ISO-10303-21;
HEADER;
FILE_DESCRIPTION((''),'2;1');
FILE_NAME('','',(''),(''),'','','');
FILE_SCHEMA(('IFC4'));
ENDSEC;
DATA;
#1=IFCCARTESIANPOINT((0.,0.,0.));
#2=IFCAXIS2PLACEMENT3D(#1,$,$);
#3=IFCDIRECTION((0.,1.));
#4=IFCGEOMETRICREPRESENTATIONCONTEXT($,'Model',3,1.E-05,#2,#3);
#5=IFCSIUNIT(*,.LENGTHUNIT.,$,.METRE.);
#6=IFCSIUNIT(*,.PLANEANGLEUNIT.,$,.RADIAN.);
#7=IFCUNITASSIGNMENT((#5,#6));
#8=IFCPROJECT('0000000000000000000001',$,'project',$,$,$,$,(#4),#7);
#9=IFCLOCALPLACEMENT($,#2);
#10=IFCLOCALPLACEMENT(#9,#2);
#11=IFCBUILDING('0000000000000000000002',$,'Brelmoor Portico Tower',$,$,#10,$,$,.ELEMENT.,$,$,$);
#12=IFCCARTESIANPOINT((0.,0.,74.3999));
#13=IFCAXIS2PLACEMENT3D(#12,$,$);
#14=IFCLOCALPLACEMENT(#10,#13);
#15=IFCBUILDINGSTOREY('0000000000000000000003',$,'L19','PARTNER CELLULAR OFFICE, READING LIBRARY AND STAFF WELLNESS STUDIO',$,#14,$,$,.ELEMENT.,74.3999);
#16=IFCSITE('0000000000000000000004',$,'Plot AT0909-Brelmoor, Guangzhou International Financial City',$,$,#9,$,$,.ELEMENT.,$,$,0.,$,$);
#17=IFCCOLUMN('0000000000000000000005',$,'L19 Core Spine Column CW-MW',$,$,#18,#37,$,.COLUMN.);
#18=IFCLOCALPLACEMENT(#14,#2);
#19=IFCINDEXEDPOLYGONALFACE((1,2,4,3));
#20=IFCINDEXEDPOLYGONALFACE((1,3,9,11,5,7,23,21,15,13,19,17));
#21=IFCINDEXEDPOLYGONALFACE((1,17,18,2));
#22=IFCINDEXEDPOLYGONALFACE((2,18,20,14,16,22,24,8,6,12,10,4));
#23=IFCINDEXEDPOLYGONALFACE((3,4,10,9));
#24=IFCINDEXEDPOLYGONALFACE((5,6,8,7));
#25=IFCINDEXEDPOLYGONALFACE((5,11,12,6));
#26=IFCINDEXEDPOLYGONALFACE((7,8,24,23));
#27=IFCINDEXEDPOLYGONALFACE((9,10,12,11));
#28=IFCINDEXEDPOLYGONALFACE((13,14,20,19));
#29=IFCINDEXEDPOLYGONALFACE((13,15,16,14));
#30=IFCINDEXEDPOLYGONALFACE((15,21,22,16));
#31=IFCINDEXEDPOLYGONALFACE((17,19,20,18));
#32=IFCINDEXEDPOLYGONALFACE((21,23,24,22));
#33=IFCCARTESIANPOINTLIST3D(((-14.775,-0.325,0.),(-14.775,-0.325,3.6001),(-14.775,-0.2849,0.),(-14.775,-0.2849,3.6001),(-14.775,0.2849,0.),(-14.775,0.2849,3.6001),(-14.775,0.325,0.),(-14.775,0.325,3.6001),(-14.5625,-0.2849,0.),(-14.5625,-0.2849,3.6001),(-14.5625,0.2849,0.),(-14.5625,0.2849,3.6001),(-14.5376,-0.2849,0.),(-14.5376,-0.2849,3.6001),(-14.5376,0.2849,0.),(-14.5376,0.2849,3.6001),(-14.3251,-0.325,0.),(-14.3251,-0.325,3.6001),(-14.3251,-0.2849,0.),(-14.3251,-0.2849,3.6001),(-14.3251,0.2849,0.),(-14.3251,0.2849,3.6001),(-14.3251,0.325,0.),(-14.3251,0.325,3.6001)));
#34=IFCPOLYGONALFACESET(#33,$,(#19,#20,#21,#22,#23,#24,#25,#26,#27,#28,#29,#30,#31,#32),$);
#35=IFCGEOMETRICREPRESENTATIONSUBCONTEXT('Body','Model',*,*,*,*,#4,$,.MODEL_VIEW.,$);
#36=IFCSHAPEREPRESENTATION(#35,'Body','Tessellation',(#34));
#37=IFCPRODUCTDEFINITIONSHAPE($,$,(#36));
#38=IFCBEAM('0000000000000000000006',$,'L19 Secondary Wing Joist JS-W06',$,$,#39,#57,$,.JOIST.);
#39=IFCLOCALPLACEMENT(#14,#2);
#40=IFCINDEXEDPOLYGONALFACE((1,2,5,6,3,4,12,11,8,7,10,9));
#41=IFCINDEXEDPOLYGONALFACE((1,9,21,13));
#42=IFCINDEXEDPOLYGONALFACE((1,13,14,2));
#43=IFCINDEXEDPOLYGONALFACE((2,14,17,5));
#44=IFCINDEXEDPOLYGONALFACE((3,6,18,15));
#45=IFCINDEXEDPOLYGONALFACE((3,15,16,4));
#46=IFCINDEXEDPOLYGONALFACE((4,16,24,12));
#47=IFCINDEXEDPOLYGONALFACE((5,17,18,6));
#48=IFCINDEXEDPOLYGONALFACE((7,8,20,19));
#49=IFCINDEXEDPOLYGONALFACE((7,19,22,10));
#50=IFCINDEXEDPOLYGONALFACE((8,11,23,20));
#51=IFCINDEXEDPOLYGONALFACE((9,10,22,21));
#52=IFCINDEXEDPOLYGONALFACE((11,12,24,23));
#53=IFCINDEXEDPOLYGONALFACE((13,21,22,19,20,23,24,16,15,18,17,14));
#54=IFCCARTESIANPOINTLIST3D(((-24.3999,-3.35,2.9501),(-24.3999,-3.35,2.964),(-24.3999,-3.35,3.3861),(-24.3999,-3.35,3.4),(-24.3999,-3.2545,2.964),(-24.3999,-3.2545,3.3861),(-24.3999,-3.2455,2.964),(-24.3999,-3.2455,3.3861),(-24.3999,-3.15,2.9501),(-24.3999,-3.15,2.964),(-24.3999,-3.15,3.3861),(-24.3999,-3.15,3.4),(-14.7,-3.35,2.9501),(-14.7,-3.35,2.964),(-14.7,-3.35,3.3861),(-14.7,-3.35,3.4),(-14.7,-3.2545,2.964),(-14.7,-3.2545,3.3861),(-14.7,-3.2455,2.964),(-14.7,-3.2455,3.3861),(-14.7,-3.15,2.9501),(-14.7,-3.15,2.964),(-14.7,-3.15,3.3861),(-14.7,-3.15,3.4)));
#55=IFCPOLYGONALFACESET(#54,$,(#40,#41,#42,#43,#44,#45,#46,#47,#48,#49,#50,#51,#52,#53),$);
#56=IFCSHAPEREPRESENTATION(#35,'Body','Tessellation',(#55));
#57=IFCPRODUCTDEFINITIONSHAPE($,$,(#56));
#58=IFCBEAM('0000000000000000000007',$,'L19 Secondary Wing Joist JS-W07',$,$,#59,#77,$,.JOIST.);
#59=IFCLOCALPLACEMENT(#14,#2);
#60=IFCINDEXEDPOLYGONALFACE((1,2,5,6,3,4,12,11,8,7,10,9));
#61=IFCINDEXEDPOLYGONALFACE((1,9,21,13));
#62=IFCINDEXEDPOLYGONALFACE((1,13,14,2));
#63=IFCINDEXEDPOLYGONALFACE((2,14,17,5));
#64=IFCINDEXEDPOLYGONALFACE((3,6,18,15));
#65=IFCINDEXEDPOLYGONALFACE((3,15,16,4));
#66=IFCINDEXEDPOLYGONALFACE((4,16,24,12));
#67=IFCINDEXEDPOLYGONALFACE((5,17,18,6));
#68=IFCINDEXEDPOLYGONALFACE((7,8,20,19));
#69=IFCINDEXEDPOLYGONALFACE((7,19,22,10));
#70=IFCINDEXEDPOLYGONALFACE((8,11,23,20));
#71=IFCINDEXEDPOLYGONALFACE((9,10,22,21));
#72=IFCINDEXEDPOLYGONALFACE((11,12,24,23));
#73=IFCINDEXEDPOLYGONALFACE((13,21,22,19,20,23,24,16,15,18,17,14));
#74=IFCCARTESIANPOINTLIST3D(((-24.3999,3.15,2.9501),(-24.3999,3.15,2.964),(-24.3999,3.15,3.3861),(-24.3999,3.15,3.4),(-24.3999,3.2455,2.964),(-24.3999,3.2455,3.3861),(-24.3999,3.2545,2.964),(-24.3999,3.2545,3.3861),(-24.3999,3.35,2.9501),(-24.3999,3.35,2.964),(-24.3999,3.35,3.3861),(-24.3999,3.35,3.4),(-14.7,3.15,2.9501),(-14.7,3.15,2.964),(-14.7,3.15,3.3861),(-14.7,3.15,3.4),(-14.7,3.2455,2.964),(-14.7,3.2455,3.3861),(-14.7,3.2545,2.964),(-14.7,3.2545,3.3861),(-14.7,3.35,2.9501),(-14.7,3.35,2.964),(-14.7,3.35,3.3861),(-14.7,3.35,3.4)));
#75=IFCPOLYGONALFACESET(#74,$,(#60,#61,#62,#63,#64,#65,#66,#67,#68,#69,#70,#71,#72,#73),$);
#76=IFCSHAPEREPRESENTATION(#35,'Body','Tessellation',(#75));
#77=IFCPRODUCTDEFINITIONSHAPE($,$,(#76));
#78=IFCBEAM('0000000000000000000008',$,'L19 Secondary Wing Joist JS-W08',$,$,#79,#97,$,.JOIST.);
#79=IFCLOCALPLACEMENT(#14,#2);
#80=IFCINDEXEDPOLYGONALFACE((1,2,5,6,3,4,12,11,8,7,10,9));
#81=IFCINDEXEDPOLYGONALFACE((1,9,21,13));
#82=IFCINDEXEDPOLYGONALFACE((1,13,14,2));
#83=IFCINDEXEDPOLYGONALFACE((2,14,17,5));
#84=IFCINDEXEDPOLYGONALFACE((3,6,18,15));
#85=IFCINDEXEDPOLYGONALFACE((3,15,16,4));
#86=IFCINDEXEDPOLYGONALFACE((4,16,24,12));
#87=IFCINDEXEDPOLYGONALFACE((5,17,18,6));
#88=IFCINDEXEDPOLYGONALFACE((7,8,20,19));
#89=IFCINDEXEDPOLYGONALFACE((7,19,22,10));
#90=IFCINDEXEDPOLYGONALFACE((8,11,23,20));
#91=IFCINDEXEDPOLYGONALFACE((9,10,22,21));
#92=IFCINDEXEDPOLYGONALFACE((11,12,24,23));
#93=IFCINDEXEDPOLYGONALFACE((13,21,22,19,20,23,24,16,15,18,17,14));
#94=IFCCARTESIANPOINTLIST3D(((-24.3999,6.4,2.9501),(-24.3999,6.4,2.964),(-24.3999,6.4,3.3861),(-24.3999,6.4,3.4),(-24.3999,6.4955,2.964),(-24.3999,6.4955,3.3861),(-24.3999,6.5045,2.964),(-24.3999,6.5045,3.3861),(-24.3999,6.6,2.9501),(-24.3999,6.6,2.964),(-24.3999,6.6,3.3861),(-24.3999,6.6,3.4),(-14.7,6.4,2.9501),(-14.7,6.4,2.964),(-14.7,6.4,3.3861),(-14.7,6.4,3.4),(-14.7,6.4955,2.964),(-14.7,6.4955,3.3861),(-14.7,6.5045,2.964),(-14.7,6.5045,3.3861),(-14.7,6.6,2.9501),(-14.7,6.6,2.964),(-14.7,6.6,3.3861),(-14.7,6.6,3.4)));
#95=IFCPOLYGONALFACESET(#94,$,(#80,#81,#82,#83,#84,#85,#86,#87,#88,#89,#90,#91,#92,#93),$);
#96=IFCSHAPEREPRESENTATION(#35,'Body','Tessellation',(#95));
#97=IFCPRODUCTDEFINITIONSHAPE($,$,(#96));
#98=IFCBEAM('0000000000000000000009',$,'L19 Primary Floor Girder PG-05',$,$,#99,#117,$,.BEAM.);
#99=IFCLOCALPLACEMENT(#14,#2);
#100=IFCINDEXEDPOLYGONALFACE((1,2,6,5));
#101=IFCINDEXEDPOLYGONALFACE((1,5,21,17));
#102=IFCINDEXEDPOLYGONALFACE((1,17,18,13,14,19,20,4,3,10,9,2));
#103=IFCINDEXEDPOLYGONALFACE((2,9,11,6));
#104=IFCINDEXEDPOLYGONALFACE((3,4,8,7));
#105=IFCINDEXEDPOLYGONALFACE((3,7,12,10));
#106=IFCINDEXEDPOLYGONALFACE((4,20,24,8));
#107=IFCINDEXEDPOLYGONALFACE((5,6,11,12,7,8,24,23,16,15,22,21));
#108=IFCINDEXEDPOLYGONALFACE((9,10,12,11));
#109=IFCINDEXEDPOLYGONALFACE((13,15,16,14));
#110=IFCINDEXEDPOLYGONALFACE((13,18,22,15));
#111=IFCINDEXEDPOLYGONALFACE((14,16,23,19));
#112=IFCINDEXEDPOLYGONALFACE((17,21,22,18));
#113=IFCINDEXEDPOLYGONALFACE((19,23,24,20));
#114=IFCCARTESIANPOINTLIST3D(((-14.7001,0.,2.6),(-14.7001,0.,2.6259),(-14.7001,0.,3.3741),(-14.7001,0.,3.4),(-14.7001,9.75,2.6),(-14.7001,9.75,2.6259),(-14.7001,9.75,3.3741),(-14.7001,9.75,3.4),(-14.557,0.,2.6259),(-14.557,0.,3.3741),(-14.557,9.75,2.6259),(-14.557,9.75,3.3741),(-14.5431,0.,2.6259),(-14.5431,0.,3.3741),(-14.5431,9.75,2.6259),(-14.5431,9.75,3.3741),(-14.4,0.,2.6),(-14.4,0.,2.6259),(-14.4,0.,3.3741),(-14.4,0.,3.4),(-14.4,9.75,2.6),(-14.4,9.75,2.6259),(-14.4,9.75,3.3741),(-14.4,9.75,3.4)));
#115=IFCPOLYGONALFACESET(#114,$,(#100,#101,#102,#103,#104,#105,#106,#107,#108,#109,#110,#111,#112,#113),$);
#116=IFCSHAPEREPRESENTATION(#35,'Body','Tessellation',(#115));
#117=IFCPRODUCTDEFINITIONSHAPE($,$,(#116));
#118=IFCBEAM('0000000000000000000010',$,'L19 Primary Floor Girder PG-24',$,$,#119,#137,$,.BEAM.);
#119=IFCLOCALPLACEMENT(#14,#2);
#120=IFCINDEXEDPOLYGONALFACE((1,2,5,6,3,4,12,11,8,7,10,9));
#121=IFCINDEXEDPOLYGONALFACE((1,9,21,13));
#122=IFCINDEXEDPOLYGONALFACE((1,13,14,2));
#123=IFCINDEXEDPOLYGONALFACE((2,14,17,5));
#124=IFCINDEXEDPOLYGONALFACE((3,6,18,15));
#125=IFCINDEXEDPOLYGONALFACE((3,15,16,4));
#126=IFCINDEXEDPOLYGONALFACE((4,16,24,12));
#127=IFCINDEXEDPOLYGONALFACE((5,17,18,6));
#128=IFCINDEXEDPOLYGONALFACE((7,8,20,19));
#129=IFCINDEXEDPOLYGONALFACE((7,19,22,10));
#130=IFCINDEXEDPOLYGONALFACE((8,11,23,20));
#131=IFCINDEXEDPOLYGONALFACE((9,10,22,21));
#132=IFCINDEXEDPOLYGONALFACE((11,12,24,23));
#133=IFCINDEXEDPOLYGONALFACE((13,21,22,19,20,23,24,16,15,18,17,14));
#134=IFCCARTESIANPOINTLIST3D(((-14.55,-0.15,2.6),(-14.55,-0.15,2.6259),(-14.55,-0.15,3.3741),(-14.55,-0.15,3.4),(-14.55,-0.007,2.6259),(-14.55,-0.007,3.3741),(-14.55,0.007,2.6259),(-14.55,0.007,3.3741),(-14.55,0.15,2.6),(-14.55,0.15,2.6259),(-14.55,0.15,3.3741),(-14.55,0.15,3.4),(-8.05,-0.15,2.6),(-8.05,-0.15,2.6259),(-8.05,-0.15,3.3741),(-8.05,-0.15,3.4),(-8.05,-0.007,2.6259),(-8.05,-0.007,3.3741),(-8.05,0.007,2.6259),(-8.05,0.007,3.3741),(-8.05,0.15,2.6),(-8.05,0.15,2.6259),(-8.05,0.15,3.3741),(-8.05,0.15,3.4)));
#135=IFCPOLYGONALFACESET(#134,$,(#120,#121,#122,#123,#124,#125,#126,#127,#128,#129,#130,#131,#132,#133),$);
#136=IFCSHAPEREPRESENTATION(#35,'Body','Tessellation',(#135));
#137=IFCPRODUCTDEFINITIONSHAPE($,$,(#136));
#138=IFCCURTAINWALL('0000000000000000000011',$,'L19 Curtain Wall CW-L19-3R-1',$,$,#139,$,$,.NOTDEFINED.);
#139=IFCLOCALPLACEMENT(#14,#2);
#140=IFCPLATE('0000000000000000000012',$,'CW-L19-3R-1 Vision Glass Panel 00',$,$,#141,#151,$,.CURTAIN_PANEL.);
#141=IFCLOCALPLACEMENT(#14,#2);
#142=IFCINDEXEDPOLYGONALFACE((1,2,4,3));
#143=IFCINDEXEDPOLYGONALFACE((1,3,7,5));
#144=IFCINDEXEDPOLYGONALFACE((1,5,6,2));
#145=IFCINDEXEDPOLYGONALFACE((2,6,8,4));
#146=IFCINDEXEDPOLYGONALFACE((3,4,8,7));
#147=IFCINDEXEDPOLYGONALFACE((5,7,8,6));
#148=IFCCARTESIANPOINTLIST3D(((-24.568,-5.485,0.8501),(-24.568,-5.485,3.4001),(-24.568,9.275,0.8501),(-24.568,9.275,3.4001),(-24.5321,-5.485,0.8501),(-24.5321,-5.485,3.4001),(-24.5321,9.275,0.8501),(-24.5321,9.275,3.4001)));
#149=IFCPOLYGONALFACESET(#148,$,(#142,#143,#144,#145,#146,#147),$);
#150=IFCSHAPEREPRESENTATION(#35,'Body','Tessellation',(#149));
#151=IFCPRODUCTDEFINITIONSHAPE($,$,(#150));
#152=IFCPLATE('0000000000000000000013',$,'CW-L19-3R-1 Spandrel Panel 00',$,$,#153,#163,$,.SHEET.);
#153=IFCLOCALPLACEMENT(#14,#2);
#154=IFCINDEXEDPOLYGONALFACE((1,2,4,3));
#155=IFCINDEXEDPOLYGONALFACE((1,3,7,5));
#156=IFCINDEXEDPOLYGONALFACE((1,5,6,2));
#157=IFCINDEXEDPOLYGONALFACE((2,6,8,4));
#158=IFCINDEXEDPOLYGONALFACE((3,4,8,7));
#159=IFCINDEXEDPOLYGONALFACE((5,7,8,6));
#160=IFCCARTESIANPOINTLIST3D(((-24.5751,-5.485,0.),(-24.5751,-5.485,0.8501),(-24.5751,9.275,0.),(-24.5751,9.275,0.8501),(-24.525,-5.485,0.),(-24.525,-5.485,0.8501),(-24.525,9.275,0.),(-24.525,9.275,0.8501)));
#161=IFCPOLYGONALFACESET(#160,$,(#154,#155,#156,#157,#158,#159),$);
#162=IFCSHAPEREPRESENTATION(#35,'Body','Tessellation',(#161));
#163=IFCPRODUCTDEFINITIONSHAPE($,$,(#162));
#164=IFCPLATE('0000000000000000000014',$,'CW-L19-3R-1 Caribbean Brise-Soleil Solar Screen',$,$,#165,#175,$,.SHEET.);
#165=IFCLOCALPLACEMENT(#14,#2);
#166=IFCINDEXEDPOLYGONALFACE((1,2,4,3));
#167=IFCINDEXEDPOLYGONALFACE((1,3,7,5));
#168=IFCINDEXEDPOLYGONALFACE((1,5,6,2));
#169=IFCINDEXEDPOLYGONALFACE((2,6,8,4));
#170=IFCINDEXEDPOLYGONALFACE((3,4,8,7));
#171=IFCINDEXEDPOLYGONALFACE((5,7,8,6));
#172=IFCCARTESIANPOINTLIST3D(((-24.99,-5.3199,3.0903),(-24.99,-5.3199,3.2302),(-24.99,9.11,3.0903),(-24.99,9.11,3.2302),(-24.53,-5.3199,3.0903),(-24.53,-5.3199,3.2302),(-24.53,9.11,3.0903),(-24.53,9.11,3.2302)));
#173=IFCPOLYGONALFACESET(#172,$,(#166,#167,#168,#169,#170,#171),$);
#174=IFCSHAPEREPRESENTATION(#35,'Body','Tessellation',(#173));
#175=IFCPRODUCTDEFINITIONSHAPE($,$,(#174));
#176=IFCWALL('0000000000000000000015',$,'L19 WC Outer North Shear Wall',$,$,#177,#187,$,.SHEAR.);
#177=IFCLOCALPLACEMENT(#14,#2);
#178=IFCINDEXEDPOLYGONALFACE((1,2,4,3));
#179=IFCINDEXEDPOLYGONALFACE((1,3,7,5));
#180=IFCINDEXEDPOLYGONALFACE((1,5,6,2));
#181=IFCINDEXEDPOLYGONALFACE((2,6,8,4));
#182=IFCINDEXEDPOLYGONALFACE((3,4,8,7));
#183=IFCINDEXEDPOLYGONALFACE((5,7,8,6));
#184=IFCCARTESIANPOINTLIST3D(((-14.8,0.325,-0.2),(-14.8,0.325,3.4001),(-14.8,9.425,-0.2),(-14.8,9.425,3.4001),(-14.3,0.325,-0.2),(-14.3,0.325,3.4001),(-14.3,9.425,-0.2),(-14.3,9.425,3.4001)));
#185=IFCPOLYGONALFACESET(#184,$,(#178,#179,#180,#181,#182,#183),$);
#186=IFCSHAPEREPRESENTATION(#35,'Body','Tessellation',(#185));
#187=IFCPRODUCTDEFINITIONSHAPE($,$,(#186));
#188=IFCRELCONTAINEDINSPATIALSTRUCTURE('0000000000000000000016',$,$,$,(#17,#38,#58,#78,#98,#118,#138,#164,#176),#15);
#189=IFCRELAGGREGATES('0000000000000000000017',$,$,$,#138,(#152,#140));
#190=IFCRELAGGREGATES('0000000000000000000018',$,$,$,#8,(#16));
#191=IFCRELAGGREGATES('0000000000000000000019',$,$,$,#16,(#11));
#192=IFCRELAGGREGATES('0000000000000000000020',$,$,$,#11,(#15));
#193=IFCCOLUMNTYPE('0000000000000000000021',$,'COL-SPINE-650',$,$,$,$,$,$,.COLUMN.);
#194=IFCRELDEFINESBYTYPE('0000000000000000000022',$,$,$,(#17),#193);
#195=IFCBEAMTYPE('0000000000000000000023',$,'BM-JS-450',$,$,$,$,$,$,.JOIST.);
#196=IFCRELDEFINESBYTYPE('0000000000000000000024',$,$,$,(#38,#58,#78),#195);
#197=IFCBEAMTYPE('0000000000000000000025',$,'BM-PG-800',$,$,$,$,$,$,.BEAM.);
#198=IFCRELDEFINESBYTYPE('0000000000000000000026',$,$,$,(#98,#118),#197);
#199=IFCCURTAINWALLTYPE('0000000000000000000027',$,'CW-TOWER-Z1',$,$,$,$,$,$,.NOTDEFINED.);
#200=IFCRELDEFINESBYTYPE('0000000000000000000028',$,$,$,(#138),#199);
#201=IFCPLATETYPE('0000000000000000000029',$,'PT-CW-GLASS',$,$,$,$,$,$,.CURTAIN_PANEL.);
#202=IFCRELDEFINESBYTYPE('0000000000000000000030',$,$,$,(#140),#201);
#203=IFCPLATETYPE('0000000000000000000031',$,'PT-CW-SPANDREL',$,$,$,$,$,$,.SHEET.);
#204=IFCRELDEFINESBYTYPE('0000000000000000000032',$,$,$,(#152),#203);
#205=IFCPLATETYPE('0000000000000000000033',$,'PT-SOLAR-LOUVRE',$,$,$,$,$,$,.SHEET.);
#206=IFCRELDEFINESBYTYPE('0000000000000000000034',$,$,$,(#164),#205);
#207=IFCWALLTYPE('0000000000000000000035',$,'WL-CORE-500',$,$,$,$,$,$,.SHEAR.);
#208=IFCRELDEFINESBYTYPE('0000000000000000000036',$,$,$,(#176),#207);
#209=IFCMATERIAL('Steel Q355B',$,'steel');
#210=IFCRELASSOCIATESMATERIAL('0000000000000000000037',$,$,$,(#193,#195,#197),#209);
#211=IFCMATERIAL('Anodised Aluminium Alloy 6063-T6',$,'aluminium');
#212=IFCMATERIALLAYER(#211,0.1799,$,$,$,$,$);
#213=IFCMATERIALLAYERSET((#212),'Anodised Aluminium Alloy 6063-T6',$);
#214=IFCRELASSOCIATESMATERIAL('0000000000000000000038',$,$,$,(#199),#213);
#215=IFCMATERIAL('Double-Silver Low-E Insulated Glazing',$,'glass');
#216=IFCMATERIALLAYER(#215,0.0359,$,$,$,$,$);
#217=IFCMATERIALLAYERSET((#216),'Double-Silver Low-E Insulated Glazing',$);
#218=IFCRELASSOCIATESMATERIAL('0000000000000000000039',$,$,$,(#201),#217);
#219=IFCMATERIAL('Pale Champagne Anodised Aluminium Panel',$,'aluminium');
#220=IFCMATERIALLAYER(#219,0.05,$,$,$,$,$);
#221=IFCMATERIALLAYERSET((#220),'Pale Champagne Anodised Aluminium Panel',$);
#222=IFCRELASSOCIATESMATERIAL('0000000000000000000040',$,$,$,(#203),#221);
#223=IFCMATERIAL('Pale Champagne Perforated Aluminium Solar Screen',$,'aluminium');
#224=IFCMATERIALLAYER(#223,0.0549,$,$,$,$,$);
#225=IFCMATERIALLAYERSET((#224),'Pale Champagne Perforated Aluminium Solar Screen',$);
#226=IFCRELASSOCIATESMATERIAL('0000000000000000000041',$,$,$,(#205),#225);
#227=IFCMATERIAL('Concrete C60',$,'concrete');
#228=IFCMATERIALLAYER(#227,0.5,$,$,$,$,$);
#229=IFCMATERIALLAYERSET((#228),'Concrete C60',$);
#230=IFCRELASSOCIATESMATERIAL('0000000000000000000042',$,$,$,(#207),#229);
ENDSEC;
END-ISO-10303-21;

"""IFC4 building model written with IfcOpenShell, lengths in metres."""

from ifc_helpers import new_model, si_unit, direction, frame, frame_2d, origin, origin_2d, place, context, subcontext, project, spatial, rectangle, i_section, extrude, material, layer, layer_set, material_profile, profile_set, type_object, element, aggregate, save


model = new_model("IFC4")

# Units and contexts
model_context = context("Model", 3, precision=1e-05, world=origin(), true_north=direction((0.0, 1.0)))
body_context = subcontext(model_context, "Body", "Model", "MODEL_VIEW")
ifc_project = project(units=[si_unit("LENGTHUNIT", "METRE"), si_unit("PLANEANGLEUNIT", "RADIAN")], contexts=[model_context])

# Site, building, storey
site_placement = place(None, origin())
site = spatial("IfcSite", under=ifc_project, at=site_placement, Name="Plot AT0909-Brelmoor, Guangzhou International Financial City", CompositionType="ELEMENT", RefElevation=0.0)
building_placement = place(site_placement, origin())
building = spatial("IfcBuilding", under=site, at=building_placement, Name="Brelmoor Portico Tower", CompositionType="ELEMENT")
storey_placement = place(building_placement, frame((0.0, 0.0, 74.3999)))
storey = spatial("IfcBuildingStorey", under=building, at=storey_placement, Name="L19", Description="PARTNER CELLULAR OFFICE, READING LIBRARY AND STAFF WELLNESS STUDIO", CompositionType="ELEMENT", Elevation=74.3999)

# Column
ifc_material_1 = material(Name="Steel Q355B", Category="steel")
ifc_material_profile_1 = material_profile(ifc_material_1, i_section(OverallWidth=0.45, OverallDepth=0.6499, WebThickness=0.0249, FlangeThickness=0.04, at=origin_2d()), Name="HW 650x450x25x40")
ifc_profile_set_1 = profile_set([ifc_material_profile_1], Name="Steel Q355B")
column_type = type_object("IfcColumnType", Name="COL-SPINE-650", PredefinedType="COLUMN", material=ifc_profile_set_1)
column_placement = place(storey_placement, frame((-14.55, 0.0, 0.0), z_axis=(0.0, 0.0, 1.0), x_axis=(1.0, 0.0, 0.0)))
element("IfcColumn", 1, at=column_placement, inside=storey, type_object=column_type, Name="L19 Core Spine Column CW-MW", PredefinedType="COLUMN", context=body_context, shape_type="SweptSolid", body=[
    extrude(i_section(OverallWidth=0.45, OverallDepth=0.6499, WebThickness=0.0249, FlangeThickness=0.04, at=origin_2d()), origin(), (0.0, 0.0, 1.0), 3.6001),
])

# Beams
ifc_material_profile_2 = material_profile(ifc_material_1, i_section(OverallWidth=0.2, OverallDepth=0.45, WebThickness=0.009, FlangeThickness=0.0139, at=origin_2d()), Name="HN 450x200x9x14")
ifc_profile_set_2 = profile_set([ifc_material_profile_2], Name="Steel Q355B")
beam_type_1 = type_object("IfcBeamType", Name="BM-JS-450", PredefinedType="JOIST", material=ifc_profile_set_2)
for number, where, z_axis, x_axis, name in (
    (2, (-24.3999, -3.25, 3.175), (1.0, 0.0, 0.0), (0.0, 1.0, 0.0), "L19 Secondary Wing Joist JS-W06"),
    (3, (-24.3999, 3.25, 3.175), (1.0, 0.0, 0.0), (0.0, 1.0, 0.0), "L19 Secondary Wing Joist JS-W07"),
    (4, (-24.3999, 6.5, 3.175), (1.0, 0.0, 0.0), (0.0, 1.0, 0.0), "L19 Secondary Wing Joist JS-W08"),
):
    element("IfcBeam", number, at=place(storey_placement, frame(where, z_axis=z_axis, x_axis=x_axis)), inside=storey, type_object=beam_type_1, Name=name, PredefinedType="JOIST", context=body_context, shape_type="SweptSolid", body=[
        extrude(i_section(OverallWidth=0.2, OverallDepth=0.45, WebThickness=0.009, FlangeThickness=0.0139, at=origin_2d()), origin(), (0.0, 0.0, 1.0), 9.7),
    ])
ifc_material_profile_3 = material_profile(ifc_material_1, i_section(OverallWidth=0.3, OverallDepth=0.8, WebThickness=0.0139, FlangeThickness=0.0259, at=origin_2d()), Name="HN 800x300x14x26")
ifc_profile_set_3 = profile_set([ifc_material_profile_3], Name="Steel Q355B")
beam_type_2 = type_object("IfcBeamType", Name="BM-PG-800", PredefinedType="BEAM", material=ifc_profile_set_3)
beam_1_placement = place(storey_placement, frame((-14.55, 0.0, 3.0), z_axis=(0.0, 1.0, 0.0), x_axis=(-1.0, 0.0, 0.0)))
element("IfcBeam", 5, at=beam_1_placement, inside=storey, type_object=beam_type_2, Name="L19 Primary Floor Girder PG-05", PredefinedType="BEAM", context=body_context, shape_type="SweptSolid", body=[
    extrude(i_section(OverallWidth=0.3, OverallDepth=0.8, WebThickness=0.0139, FlangeThickness=0.0259, at=origin_2d()), origin(), (0.0, 0.0, 1.0), 9.75),
])
beam_2_placement = place(storey_placement, frame((-14.55, 0.0, 3.0), z_axis=(1.0, 0.0, 0.0), x_axis=(0.0, 1.0, 0.0)))
element("IfcBeam", 6, at=beam_2_placement, inside=storey, type_object=beam_type_2, Name="L19 Primary Floor Girder PG-24", PredefinedType="BEAM", context=body_context, shape_type="SweptSolid", body=[
    extrude(i_section(OverallWidth=0.3, OverallDepth=0.8, WebThickness=0.0139, FlangeThickness=0.0259, at=origin_2d()), origin(), (0.0, 0.0, 1.0), 6.5),
])

# Curtain wall, plates
ifc_material_2 = material(Name="Anodised Aluminium Alloy 6063-T6", Category="aluminium")
ifc_layer_1 = layer(ifc_material_2, 0.1799)
ifc_layer_set_1 = layer_set([ifc_layer_1], Name="Anodised Aluminium Alloy 6063-T6")
curtain_wall_type = type_object("IfcCurtainWallType", Name="CW-TOWER-Z1", PredefinedType="NOTDEFINED", material=ifc_layer_set_1)
curtain_wall_placement = place(storey_placement, origin())
curtain_wall = element("IfcCurtainWall", 7, at=curtain_wall_placement, inside=storey, type_object=curtain_wall_type, Name="L19 Curtain Wall CW-L19-3R-1", PredefinedType="NOTDEFINED")
ifc_material_3 = material(Name="Double-Silver Low-E Insulated Glazing", Category="glass")
ifc_layer_2 = layer(ifc_material_3, 0.0359)
ifc_layer_set_2 = layer_set([ifc_layer_2], Name="Double-Silver Low-E Insulated Glazing")
plate_type_1 = type_object("IfcPlateType", Name="PT-CW-GLASS", PredefinedType="CURTAIN_PANEL", material=ifc_layer_set_2)
plate_1_placement = place(storey_placement, frame((-24.55, 1.895, 0.8501), z_axis=(0.0, 0.0, 1.0), x_axis=(0.0, 1.0, 0.0)))
plate_1 = element("IfcPlate", 8, at=plate_1_placement, type_object=plate_type_1, Name="CW-L19-3R-1 Vision Glass Panel 00", PredefinedType="CURTAIN_PANEL", context=body_context, shape_type="SweptSolid", body=[
    extrude(rectangle(XDim=14.76, YDim=0.0359, at=origin_2d()), origin(), (0.0, 0.0, 1.0), 2.55),
])
ifc_material_4 = material(Name="Pale Champagne Anodised Aluminium Panel", Category="aluminium")
ifc_layer_3 = layer(ifc_material_4, 0.05)
ifc_layer_set_3 = layer_set([ifc_layer_3], Name="Pale Champagne Anodised Aluminium Panel")
plate_type_2 = type_object("IfcPlateType", Name="PT-CW-SPANDREL", PredefinedType="SHEET", material=ifc_layer_set_3)
plate_2_placement = place(storey_placement, frame((-24.55, 1.895, 0.0), z_axis=(0.0, 0.0, 1.0), x_axis=(0.0, 1.0, 0.0)))
plate_2 = element("IfcPlate", 9, at=plate_2_placement, type_object=plate_type_2, Name="CW-L19-3R-1 Spandrel Panel 00", PredefinedType="SHEET", context=body_context, shape_type="SweptSolid", body=[
    extrude(rectangle(XDim=14.76, YDim=0.05, at=origin_2d()), origin(), (0.0, 0.0, 1.0), 0.8501),
])
aggregate(curtain_wall, [plate_2, plate_1])

# Plate
ifc_material_5 = material(Name="Pale Champagne Perforated Aluminium Solar Screen", Category="aluminium")
ifc_layer_4 = layer(ifc_material_5, 0.0549)
ifc_layer_set_4 = layer_set([ifc_layer_4], Name="Pale Champagne Perforated Aluminium Solar Screen")
plate_type_3 = type_object("IfcPlateType", Name="PT-SOLAR-LOUVRE", PredefinedType="SHEET", material=ifc_layer_set_4)
plate_3_placement = place(storey_placement, frame((-24.76, 1.895, 3.0903), z_axis=(0.0, 0.0, 1.0), x_axis=(0.0, 1.0, 0.0)))
element("IfcPlate", 10, at=plate_3_placement, inside=storey, type_object=plate_type_3, Name="CW-L19-3R-1 Caribbean Brise-Soleil Solar Screen", PredefinedType="SHEET", context=body_context, shape_type="SweptSolid", body=[
    extrude(rectangle(XDim=14.4299, YDim=0.46, at=origin_2d()), origin(), (0.0, 0.0, 1.0), 0.1399),
])

# Wall
ifc_material_6 = material(Name="Concrete C60", Category="concrete")
ifc_layer_5 = layer(ifc_material_6, 0.5)
ifc_layer_set_5 = layer_set([ifc_layer_5], Name="Concrete C60")
wall_type_1 = type_object("IfcWallType", Name="WL-CORE-500", PredefinedType="SHEAR", material=ifc_layer_set_5)
wall_1_placement = place(storey_placement, frame((-14.55, 0.325, -0.2), z_axis=(0.0, 0.0, 1.0), x_axis=(0.0, 1.0, 0.0)))
element("IfcWall", 11, at=wall_1_placement, inside=storey, type_object=wall_type_1, Name="L19 WC Outer North Shear Wall", PredefinedType="SHEAR", context=body_context, shape_type="SweptSolid", body=[
    extrude(rectangle(XDim=9.1001, YDim=0.5, at=frame_2d((4.55, 0.0))), origin(), (0.0, 0.0, 1.0), 3.6001),
])

save(model, "model.ifc")
